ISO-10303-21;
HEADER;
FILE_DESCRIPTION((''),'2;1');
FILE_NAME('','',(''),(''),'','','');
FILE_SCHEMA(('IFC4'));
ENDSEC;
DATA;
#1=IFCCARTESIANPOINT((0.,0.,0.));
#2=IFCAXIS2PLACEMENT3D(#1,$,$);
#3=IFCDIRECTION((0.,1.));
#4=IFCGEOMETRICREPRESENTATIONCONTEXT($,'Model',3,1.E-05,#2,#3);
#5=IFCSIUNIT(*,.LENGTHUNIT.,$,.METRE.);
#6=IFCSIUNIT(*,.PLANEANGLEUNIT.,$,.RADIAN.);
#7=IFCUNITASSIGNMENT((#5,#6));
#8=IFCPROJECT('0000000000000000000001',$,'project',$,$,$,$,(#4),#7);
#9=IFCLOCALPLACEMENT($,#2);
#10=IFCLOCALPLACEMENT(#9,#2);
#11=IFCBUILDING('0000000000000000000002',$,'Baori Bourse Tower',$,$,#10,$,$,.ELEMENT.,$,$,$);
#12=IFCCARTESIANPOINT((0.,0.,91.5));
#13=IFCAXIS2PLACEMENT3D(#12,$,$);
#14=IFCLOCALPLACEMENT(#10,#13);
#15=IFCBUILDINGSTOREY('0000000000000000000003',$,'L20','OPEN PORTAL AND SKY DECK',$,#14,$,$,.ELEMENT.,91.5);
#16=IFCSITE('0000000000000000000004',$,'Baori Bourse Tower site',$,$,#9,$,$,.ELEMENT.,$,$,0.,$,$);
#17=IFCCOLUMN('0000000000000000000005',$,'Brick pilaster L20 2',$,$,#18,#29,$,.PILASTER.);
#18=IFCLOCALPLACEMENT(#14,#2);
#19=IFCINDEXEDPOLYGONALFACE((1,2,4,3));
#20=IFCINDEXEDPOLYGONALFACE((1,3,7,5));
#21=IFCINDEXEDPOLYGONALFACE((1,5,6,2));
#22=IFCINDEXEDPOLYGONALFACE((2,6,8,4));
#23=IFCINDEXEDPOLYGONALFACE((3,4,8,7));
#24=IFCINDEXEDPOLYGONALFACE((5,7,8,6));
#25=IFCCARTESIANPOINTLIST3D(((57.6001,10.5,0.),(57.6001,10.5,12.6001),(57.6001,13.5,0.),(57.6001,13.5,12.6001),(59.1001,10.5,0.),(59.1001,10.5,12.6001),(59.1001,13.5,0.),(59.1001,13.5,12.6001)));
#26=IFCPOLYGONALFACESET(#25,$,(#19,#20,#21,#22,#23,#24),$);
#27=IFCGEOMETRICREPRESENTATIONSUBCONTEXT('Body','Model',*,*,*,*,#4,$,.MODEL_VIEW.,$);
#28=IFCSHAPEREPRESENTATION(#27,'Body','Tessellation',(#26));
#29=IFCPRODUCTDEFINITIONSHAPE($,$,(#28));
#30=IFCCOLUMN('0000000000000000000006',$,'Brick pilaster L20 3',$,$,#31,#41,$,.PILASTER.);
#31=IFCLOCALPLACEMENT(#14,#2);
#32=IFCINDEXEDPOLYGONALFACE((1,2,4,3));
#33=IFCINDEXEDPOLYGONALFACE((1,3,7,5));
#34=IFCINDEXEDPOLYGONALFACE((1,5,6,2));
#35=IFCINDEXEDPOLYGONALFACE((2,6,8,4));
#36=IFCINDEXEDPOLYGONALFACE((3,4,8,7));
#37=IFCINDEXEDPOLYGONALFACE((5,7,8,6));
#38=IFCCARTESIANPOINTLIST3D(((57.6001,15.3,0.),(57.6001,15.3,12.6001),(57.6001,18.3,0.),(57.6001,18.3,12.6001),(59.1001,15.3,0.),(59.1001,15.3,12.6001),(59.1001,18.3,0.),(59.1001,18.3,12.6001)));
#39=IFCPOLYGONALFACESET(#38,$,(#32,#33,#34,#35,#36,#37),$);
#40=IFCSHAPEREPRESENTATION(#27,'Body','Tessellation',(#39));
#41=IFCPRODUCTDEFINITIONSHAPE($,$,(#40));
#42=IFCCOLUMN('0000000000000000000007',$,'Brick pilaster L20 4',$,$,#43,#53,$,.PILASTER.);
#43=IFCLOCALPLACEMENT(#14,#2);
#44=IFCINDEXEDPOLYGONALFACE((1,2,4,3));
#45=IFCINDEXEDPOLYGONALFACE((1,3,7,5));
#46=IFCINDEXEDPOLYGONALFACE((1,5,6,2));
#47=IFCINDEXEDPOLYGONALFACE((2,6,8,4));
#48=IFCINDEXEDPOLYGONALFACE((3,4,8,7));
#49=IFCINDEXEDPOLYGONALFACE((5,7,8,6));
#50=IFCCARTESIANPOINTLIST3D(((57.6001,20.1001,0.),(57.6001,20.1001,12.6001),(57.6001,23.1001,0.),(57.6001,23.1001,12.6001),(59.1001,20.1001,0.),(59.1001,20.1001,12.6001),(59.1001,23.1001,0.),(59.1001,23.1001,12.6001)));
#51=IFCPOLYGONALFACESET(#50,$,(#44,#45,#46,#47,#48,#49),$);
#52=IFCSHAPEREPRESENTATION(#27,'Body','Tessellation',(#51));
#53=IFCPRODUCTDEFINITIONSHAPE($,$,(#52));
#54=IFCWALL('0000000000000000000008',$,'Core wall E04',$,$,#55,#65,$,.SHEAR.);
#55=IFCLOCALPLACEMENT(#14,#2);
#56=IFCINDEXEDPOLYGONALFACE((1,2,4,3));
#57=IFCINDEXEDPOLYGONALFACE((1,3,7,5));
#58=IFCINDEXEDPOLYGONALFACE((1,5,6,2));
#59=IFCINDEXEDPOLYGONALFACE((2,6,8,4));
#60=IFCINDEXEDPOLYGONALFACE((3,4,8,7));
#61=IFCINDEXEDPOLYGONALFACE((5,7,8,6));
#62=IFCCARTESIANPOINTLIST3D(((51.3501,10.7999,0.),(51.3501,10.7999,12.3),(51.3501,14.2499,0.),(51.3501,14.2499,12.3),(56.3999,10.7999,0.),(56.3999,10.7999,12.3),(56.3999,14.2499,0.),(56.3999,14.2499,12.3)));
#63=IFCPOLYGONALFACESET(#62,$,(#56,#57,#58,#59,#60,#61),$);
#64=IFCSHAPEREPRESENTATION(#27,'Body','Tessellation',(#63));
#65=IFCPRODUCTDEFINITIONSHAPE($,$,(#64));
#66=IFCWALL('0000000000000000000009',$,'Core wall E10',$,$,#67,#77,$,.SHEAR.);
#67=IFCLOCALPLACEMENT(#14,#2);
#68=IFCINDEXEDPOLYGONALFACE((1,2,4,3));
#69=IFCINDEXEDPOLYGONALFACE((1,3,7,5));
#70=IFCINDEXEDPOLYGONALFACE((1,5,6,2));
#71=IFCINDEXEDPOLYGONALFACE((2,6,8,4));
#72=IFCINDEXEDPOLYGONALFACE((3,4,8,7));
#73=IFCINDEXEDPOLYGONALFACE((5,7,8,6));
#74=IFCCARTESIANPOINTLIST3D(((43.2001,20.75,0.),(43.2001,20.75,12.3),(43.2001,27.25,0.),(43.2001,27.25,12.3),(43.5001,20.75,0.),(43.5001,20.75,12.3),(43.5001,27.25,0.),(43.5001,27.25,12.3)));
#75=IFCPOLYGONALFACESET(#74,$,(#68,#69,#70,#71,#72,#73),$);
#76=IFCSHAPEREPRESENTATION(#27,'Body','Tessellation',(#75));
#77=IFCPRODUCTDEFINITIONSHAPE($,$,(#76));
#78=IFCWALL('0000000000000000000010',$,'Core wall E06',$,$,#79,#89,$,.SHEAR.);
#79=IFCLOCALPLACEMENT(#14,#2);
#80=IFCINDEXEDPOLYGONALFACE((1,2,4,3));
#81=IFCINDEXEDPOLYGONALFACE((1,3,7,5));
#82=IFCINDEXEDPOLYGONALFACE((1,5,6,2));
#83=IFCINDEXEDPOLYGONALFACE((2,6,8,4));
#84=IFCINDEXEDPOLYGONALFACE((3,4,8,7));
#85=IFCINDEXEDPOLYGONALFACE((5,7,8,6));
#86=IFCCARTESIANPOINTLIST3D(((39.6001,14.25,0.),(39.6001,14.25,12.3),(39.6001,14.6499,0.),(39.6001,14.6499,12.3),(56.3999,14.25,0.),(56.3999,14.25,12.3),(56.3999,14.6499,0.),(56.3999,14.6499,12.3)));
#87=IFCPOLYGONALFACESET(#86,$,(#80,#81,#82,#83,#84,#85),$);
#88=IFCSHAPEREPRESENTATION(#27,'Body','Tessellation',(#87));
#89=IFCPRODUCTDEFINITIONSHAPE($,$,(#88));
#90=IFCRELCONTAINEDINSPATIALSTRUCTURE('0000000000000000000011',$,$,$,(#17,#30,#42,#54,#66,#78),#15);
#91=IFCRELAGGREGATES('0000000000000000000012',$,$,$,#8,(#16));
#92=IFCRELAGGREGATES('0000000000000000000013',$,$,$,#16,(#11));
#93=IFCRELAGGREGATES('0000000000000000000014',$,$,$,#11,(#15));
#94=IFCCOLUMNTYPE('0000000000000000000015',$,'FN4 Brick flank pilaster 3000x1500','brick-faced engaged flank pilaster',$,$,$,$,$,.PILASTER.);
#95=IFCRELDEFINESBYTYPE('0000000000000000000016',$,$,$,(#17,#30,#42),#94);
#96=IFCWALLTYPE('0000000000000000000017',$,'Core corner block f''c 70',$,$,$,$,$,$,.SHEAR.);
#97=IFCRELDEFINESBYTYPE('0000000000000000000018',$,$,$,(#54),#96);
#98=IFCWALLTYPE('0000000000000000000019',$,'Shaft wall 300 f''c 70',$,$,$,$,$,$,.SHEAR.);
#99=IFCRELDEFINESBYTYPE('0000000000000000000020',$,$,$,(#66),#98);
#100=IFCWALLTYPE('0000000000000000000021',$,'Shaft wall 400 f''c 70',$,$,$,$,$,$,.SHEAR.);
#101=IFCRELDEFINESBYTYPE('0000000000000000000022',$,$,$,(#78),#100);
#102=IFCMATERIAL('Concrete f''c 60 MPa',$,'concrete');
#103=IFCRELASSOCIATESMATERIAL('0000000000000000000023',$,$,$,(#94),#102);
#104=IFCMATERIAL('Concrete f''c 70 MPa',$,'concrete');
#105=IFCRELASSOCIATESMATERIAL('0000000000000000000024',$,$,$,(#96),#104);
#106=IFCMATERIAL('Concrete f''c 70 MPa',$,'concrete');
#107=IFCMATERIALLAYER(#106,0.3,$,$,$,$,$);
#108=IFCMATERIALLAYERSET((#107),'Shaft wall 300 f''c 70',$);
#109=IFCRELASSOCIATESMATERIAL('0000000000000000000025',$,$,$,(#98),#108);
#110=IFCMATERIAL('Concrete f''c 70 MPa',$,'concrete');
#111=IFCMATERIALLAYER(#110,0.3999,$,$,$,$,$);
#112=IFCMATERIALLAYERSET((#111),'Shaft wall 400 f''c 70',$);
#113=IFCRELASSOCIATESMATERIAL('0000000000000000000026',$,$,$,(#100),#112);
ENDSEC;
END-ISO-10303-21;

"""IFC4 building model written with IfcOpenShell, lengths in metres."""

from ifc_helpers import new_model, si_unit, direction, frame, frame_2d, origin, origin_2d, place, context, subcontext, project, spatial, rectangle, extrude, material, layer, layer_set, material_profile, profile_set, type_object, element, save


model = new_model("IFC4")

# Units and contexts
model_context = context("Model", 3, precision=1e-05, world=origin(), true_north=direction((0.0, 1.0)))
body_context = subcontext(model_context, "Body", "Model", "MODEL_VIEW")
ifc_project = project(units=[si_unit("LENGTHUNIT", "METRE"), si_unit("PLANEANGLEUNIT", "RADIAN")], contexts=[model_context])

# Site, building, storey
site_placement = place(None, origin())
site = spatial("IfcSite", under=ifc_project, at=site_placement, Name="Baori Bourse Tower site", CompositionType="ELEMENT", RefElevation=0.0)
building_placement = place(site_placement, origin())
building = spatial("IfcBuilding", under=site, at=building_placement, Name="Baori Bourse Tower", CompositionType="ELEMENT")
storey_placement = place(building_placement, frame((0.0, 0.0, 91.5)))
storey = spatial("IfcBuildingStorey", under=building, at=storey_placement, Name="L20", Description="OPEN PORTAL AND SKY DECK", CompositionType="ELEMENT", Elevation=91.5)

# Columns
ifc_material_1 = material(Name="Concrete f'c 60 MPa", Category="concrete")
ifc_material_profile = material_profile(ifc_material_1, rectangle(XDim=3.0, YDim=1.5, at=origin_2d()), Name="RC 3000x1500")
ifc_profile_set = profile_set([ifc_material_profile], Name="Concrete f'c 60 MPa")
column_type = type_object("IfcColumnType", Name="FN4 Brick flank pilaster 3000x1500", Description="brick-faced engaged flank pilaster", PredefinedType="PILASTER", material=ifc_profile_set)
for number, where, z_axis, x_axis, name in (
    (1, (58.3501, 12.0, 0.0), (0.0, 0.0, 1.0), (0.0, 1.0, 0.0), "Brick pilaster L20 2"),
    (2, (58.3501, 16.8, 0.0), (0.0, 0.0, 1.0), (0.0, 1.0, 0.0), "Brick pilaster L20 3"),
    (3, (58.3501, 21.6001, 0.0), (0.0, 0.0, 1.0), (0.0, 1.0, 0.0), "Brick pilaster L20 4"),
):
    element("IfcColumn", number, at=place(storey_placement, frame(where, z_axis=z_axis, x_axis=x_axis)), inside=storey, type_object=column_type, Name=name, PredefinedType="PILASTER", context=body_context, shape_type="SweptSolid", body=[
        extrude(rectangle(XDim=3.0, YDim=1.5, at=origin_2d()), origin(), (0.0, 0.0, 1.0), 12.6001),
    ])

# Walls
ifc_material_2 = material(Name="Concrete f'c 70 MPa", Category="concrete")
wall_type_1 = type_object("IfcWallType", Name="Core corner block f'c 70", PredefinedType="SHEAR", material=ifc_material_2)
wall_1_placement = place(storey_placement, frame((51.3501, 12.5249, 0.0), z_axis=(0.0, 0.0, 1.0), x_axis=(1.0, 0.0, 0.0)))
element("IfcWall", 4, at=wall_1_placement, inside=storey, type_object=wall_type_1, Name="Core wall E04", PredefinedType="SHEAR", context=body_context, shape_type="SweptSolid", body=[
    extrude(rectangle(XDim=5.0498, YDim=3.45, at=frame_2d((2.5249, 0.0))), origin(), (0.0, 0.0, 1.0), 12.3),
])
ifc_material_3 = material(Name="Concrete f'c 70 MPa", Category="concrete")
ifc_layer_1 = layer(ifc_material_3, 0.3)
ifc_layer_set_1 = layer_set([ifc_layer_1], Name="Shaft wall 300 f'c 70")
wall_type_2 = type_object("IfcWallType", Name="Shaft wall 300 f'c 70", PredefinedType="SHEAR", material=ifc_layer_set_1)
wall_2_placement = place(storey_placement, frame((43.3501, 20.75, 0.0), z_axis=(0.0, 0.0, 1.0), x_axis=(0.0, 1.0, 0.0)))
element("IfcWall", 5, at=wall_2_placement, inside=storey, type_object=wall_type_2, Name="Core wall E10", PredefinedType="SHEAR", context=body_context, shape_type="SweptSolid", body=[
    extrude(rectangle(XDim=6.5, YDim=0.3, at=frame_2d((3.25, 0.0))), origin(), (0.0, 0.0, 1.0), 12.3),
])
ifc_material_4 = material(Name="Concrete f'c 70 MPa", Category="concrete")
ifc_layer_2 = layer(ifc_material_4, 0.3999)
ifc_layer_set_2 = layer_set([ifc_layer_2], Name="Shaft wall 400 f'c 70")
wall_type_3 = type_object("IfcWallType", Name="Shaft wall 400 f'c 70", PredefinedType="SHEAR", material=ifc_layer_set_2)
wall_3_placement = place(storey_placement, frame((39.6001, 14.45, 0.0), z_axis=(0.0, 0.0, 1.0), x_axis=(1.0, 0.0, 0.0)))
element("IfcWall", 6, at=wall_3_placement, inside=storey, type_object=wall_type_3, Name="Core wall E06", PredefinedType="SHEAR", context=body_context, shape_type="SweptSolid", body=[
    extrude(rectangle(XDim=16.7998, YDim=0.3999, at=frame_2d((8.3999, 0.0))), origin(), (0.0, 0.0, 1.0), 12.3),
])

save(model, "model.ifc")
